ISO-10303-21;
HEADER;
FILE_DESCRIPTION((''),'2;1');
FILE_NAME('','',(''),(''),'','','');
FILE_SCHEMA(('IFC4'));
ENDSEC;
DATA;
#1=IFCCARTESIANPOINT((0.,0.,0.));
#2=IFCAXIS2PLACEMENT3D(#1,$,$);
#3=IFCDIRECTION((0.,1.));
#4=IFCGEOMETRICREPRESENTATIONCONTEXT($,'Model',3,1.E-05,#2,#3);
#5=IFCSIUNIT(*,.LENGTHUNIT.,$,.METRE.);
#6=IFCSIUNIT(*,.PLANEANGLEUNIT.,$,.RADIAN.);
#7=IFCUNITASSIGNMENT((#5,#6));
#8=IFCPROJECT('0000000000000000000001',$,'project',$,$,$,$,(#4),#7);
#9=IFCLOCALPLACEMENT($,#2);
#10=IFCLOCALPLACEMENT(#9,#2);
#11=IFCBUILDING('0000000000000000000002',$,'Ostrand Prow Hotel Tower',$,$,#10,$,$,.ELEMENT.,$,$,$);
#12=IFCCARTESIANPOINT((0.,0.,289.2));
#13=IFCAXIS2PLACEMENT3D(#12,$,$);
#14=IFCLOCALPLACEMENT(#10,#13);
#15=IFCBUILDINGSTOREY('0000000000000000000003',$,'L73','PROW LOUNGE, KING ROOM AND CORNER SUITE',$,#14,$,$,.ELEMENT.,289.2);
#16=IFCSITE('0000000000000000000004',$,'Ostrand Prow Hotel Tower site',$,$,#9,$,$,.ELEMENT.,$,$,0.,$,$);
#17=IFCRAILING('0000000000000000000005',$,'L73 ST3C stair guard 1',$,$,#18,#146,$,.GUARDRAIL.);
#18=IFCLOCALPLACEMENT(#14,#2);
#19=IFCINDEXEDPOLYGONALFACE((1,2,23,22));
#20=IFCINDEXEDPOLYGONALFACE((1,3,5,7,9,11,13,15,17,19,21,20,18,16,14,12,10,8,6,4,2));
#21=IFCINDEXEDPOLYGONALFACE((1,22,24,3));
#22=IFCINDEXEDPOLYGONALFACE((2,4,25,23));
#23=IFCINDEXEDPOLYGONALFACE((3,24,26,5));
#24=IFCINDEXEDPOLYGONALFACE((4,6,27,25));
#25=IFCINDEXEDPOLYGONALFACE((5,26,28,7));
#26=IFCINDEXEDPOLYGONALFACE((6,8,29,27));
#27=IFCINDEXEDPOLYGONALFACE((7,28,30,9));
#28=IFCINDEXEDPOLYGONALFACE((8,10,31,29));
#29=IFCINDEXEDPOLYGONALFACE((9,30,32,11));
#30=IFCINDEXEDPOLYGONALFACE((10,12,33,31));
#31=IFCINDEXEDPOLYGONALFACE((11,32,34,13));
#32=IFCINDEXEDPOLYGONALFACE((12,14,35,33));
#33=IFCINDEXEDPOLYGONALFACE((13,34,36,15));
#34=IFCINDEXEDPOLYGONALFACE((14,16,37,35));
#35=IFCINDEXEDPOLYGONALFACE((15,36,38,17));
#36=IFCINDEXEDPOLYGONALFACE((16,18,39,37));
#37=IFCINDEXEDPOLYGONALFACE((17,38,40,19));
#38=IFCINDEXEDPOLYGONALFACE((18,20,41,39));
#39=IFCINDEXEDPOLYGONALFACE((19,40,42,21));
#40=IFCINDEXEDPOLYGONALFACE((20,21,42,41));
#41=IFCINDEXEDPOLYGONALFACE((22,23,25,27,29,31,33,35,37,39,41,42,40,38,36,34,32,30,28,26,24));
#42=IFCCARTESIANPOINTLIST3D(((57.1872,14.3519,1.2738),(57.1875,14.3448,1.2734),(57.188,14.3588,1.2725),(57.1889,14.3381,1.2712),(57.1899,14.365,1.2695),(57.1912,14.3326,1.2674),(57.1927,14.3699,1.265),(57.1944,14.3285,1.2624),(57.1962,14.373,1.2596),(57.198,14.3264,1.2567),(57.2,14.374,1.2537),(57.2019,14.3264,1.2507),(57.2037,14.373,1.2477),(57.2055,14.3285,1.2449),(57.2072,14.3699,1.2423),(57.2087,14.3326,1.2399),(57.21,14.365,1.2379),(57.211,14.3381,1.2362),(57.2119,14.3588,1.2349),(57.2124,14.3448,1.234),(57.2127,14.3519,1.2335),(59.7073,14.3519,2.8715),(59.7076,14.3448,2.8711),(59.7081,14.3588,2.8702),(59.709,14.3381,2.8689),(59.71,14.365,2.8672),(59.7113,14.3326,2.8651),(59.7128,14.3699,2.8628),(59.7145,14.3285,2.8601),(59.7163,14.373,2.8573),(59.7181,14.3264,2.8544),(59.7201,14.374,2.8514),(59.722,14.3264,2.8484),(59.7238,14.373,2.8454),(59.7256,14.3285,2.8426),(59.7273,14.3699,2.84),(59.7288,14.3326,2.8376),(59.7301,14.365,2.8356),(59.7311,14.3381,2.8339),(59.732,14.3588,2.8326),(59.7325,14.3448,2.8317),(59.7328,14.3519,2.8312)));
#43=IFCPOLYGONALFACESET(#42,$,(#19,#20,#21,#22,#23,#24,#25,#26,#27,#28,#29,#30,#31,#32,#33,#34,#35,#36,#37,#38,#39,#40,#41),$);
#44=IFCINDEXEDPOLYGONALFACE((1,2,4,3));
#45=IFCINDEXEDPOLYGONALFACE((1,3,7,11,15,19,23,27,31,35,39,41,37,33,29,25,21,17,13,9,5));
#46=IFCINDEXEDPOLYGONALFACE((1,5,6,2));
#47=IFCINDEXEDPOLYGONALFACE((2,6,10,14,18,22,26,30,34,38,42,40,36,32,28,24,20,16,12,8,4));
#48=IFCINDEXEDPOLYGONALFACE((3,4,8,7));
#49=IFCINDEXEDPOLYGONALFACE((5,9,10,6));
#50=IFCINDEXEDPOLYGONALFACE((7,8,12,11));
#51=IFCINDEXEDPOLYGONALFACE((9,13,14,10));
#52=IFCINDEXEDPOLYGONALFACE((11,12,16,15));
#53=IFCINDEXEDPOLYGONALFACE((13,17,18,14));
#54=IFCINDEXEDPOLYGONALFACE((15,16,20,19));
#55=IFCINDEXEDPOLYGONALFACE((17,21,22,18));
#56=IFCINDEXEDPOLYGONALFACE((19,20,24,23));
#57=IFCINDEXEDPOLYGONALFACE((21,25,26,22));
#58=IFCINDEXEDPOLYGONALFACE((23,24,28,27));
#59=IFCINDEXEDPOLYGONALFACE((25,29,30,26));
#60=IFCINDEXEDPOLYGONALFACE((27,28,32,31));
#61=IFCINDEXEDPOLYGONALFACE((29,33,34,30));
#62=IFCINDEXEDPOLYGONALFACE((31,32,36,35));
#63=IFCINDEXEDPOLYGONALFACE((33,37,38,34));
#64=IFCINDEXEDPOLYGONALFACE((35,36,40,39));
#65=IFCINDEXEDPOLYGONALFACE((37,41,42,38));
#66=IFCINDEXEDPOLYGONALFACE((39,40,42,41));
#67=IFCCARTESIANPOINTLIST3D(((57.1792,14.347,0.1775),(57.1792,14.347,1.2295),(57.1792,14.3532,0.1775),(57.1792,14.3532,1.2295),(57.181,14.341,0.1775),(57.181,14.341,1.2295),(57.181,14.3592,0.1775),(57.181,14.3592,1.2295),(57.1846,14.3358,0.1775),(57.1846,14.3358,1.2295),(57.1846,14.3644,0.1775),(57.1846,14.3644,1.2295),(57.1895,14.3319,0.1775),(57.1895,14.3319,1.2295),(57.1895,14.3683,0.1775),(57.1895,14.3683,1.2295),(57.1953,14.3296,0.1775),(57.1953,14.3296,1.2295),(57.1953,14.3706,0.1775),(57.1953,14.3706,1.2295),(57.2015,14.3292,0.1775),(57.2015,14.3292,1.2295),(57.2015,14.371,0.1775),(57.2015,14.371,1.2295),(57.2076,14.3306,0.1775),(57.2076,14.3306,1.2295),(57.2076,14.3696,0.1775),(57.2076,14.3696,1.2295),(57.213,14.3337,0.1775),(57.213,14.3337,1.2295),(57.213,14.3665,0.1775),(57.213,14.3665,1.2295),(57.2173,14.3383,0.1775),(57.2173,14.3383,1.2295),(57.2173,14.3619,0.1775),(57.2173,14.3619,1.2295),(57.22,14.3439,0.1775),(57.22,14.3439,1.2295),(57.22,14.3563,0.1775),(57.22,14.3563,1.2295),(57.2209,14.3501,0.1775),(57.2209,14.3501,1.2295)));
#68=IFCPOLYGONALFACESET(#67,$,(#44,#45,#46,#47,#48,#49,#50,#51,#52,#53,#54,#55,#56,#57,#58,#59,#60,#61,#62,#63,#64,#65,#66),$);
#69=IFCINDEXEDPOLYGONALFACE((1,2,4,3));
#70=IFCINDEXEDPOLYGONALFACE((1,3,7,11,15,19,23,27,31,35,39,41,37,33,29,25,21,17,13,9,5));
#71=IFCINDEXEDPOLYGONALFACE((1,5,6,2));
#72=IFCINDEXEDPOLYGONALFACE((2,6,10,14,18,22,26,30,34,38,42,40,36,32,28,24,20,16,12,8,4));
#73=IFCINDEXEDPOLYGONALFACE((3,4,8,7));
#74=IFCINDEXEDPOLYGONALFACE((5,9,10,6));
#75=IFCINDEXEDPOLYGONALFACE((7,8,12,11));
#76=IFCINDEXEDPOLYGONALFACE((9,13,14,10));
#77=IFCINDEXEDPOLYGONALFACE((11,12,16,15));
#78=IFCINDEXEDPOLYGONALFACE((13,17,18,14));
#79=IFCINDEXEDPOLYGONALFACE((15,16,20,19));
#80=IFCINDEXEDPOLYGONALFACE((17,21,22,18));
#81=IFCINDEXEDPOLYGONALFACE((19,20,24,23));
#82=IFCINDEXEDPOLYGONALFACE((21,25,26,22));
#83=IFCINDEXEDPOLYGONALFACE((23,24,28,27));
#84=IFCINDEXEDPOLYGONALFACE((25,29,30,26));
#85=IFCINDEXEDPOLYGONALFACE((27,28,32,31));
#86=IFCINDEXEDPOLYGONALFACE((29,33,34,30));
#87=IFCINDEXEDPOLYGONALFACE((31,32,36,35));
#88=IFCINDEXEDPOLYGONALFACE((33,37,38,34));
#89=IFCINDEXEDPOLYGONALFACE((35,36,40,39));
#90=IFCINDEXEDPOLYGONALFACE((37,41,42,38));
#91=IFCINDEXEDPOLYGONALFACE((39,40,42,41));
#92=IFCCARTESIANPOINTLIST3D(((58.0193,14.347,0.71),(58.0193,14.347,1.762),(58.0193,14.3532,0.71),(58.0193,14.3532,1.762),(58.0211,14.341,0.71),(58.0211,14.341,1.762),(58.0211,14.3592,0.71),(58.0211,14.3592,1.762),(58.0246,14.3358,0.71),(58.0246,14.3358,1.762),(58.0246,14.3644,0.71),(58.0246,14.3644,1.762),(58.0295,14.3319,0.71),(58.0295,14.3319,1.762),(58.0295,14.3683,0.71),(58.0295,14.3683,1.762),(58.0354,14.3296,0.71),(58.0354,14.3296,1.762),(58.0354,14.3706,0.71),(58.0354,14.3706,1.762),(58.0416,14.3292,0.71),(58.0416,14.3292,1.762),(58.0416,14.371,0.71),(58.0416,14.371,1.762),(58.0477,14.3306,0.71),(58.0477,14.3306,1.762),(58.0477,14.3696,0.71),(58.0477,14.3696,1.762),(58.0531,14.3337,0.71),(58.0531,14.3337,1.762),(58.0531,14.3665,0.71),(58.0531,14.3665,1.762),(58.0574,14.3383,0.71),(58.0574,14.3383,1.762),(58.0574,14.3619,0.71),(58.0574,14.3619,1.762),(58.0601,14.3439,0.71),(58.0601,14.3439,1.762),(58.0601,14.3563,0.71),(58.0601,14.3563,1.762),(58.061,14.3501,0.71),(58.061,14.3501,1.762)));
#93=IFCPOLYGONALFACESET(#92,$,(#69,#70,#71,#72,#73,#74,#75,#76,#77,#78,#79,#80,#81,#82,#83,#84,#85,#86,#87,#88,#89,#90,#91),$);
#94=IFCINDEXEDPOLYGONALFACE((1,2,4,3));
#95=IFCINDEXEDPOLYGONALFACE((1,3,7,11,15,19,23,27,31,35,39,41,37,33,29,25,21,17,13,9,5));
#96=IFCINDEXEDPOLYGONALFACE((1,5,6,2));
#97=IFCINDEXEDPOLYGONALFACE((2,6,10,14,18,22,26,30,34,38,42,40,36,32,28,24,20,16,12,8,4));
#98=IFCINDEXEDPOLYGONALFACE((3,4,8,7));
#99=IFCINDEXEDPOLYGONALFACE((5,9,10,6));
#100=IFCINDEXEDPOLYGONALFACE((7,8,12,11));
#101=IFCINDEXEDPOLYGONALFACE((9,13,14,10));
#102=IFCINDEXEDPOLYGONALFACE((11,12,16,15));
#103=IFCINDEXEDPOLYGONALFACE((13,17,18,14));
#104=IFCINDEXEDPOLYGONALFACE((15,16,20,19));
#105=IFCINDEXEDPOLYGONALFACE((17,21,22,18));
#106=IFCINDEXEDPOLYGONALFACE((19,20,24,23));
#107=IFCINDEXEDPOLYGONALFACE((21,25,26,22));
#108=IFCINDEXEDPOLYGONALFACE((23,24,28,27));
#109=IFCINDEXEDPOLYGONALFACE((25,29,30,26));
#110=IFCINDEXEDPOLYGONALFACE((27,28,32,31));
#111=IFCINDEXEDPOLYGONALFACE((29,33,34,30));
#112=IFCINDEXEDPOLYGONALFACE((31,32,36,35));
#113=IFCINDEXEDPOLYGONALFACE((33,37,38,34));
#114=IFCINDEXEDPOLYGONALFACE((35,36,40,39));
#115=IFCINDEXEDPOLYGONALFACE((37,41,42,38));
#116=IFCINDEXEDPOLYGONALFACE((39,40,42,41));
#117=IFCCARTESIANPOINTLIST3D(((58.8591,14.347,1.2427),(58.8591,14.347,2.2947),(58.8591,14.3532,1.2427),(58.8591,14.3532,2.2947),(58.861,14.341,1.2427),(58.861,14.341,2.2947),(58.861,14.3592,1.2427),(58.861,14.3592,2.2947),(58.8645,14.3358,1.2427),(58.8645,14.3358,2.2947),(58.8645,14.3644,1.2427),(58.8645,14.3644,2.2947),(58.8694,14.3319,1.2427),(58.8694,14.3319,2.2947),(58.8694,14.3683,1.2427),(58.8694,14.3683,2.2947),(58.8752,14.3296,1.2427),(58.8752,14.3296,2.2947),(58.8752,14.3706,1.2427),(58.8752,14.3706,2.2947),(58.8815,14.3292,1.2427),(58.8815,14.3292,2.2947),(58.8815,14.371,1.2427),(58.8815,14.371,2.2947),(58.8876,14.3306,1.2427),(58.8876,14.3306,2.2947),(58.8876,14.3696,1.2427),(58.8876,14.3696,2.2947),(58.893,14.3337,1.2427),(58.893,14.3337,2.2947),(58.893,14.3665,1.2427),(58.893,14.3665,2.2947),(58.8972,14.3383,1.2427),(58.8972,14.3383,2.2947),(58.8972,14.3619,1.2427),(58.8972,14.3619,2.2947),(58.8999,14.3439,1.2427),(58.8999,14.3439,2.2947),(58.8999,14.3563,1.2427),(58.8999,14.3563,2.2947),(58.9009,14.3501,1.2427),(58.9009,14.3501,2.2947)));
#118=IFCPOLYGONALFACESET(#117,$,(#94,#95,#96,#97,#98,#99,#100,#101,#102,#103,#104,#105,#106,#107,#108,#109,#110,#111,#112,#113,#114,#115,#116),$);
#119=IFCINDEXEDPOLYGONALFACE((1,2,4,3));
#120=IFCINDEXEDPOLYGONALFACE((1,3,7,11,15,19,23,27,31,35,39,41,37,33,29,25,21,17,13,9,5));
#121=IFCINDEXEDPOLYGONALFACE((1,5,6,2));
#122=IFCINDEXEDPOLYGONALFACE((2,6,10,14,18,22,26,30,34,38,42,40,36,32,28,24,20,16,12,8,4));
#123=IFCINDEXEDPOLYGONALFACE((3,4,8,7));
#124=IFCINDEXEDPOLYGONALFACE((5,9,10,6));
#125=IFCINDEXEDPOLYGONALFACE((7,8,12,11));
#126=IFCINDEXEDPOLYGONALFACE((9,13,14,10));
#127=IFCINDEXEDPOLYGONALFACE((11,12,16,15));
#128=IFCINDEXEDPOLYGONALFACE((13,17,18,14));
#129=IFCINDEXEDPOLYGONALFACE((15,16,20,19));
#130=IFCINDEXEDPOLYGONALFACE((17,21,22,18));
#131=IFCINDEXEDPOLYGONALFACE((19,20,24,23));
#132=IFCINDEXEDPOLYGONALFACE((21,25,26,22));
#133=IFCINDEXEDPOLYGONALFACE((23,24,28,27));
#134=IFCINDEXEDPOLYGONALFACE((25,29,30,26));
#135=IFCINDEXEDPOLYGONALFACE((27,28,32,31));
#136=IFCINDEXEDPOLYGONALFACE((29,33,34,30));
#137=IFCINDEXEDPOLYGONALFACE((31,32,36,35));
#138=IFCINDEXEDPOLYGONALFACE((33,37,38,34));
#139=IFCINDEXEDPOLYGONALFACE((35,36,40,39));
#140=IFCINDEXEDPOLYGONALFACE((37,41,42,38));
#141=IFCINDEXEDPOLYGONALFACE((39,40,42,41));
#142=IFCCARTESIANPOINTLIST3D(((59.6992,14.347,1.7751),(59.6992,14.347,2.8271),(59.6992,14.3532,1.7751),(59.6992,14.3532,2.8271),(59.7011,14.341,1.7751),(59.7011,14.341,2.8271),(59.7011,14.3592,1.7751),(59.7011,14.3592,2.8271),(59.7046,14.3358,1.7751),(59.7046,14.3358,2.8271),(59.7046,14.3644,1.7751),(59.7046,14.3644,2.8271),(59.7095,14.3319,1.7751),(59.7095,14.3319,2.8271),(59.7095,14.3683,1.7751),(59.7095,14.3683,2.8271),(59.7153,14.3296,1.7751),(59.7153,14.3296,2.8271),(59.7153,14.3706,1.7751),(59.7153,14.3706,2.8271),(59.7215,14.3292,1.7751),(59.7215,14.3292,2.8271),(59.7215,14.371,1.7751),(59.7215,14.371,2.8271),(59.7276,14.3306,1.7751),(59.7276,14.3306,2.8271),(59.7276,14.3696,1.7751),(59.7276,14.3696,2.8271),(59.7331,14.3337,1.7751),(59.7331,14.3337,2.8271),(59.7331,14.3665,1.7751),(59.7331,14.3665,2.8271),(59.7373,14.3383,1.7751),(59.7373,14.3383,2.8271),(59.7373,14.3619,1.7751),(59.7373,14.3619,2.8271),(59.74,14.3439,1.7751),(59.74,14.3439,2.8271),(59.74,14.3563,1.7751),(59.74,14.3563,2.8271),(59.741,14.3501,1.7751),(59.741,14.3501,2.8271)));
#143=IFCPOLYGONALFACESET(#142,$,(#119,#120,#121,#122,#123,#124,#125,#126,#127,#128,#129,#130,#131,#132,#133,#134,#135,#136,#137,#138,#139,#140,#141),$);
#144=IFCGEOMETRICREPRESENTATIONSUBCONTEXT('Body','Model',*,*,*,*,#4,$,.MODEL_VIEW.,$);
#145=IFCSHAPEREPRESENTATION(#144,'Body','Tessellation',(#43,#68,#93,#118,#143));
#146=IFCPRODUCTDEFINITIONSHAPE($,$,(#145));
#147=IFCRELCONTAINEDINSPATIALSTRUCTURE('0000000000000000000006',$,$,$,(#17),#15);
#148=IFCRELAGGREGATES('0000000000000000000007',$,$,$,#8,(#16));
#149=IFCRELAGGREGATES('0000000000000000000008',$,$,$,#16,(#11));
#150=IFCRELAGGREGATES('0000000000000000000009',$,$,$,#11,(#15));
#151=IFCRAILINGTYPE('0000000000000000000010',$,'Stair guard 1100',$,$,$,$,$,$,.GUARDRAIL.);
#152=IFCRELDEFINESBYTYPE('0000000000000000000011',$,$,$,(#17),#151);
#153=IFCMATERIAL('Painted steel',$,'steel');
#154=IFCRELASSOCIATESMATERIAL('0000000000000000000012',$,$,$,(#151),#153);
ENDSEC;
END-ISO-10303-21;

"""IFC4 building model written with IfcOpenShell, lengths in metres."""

from ifc_helpers import new_model, si_unit, direction, frame, origin, origin_2d, place, context, subcontext, project, spatial, circle, extrude, material, type_object, element, save


model = new_model("IFC4")

# Units and contexts
model_context = context("Model", 3, precision=1e-05, world=origin(), true_north=direction((0.0, 1.0)))
body_context = subcontext(model_context, "Body", "Model", "MODEL_VIEW")
ifc_project = project(units=[si_unit("LENGTHUNIT", "METRE"), si_unit("PLANEANGLEUNIT", "RADIAN")], contexts=[model_context])

# Site, building, storey
site_placement = place(None, origin())
site = spatial("IfcSite", under=ifc_project, at=site_placement, Name="Ostrand Prow Hotel Tower site", CompositionType="ELEMENT", RefElevation=0.0)
building_placement = place(site_placement, origin())
building = spatial("IfcBuilding", under=site, at=building_placement, Name="Ostrand Prow Hotel Tower", CompositionType="ELEMENT")
storey_placement = place(building_placement, frame((0.0, 0.0, 289.2)))
storey = spatial("IfcBuildingStorey", under=building, at=storey_placement, Name="L73", Description="PROW LOUNGE, KING ROOM AND CORNER SUITE", CompositionType="ELEMENT", Elevation=289.2)

# Railing
ifc_material_1 = material(Name="Painted steel", Category="steel")
railing_type_1 = type_object("IfcRailingType", Name="Stair guard 1100", PredefinedType="GUARDRAIL", material=ifc_material_1)
railing_1_placement = place(storey_placement, frame((57.2, 14.3501, 0.1775)))
element("IfcRailing", 1, at=railing_1_placement, inside=storey, type_object=railing_type_1, Name="L73 ST3C stair guard 1", PredefinedType="GUARDRAIL", context=body_context, shape_type="SweptSolid", body=[
    extrude(circle(Radius=0.0239, at=origin_2d()), frame((0.0, 0.0, 1.0762), z_axis=(0.84457, 0.0, 0.535445), x_axis=(0.0, 1.0, 0.0)), (0.0, 0.0, 1.0), 2.9839),
    extrude(circle(Radius=0.021, at=origin_2d()), origin(), (0.0, 0.0, 1.0), 1.052),
    extrude(circle(Radius=0.021, at=origin_2d()), frame((0.8401, 0.0, 0.5325)), (0.0, 0.0, 1.0), 1.052),
    extrude(circle(Radius=0.021, at=origin_2d()), frame((1.6799, 0.0, 1.0652)), (0.0, 0.0, 1.0), 1.052),
    extrude(circle(Radius=0.021, at=origin_2d()), frame((2.52, 0.0, 1.5977)), (0.0, 0.0, 1.0), 1.052),
])

save(model, "model.ifc")
